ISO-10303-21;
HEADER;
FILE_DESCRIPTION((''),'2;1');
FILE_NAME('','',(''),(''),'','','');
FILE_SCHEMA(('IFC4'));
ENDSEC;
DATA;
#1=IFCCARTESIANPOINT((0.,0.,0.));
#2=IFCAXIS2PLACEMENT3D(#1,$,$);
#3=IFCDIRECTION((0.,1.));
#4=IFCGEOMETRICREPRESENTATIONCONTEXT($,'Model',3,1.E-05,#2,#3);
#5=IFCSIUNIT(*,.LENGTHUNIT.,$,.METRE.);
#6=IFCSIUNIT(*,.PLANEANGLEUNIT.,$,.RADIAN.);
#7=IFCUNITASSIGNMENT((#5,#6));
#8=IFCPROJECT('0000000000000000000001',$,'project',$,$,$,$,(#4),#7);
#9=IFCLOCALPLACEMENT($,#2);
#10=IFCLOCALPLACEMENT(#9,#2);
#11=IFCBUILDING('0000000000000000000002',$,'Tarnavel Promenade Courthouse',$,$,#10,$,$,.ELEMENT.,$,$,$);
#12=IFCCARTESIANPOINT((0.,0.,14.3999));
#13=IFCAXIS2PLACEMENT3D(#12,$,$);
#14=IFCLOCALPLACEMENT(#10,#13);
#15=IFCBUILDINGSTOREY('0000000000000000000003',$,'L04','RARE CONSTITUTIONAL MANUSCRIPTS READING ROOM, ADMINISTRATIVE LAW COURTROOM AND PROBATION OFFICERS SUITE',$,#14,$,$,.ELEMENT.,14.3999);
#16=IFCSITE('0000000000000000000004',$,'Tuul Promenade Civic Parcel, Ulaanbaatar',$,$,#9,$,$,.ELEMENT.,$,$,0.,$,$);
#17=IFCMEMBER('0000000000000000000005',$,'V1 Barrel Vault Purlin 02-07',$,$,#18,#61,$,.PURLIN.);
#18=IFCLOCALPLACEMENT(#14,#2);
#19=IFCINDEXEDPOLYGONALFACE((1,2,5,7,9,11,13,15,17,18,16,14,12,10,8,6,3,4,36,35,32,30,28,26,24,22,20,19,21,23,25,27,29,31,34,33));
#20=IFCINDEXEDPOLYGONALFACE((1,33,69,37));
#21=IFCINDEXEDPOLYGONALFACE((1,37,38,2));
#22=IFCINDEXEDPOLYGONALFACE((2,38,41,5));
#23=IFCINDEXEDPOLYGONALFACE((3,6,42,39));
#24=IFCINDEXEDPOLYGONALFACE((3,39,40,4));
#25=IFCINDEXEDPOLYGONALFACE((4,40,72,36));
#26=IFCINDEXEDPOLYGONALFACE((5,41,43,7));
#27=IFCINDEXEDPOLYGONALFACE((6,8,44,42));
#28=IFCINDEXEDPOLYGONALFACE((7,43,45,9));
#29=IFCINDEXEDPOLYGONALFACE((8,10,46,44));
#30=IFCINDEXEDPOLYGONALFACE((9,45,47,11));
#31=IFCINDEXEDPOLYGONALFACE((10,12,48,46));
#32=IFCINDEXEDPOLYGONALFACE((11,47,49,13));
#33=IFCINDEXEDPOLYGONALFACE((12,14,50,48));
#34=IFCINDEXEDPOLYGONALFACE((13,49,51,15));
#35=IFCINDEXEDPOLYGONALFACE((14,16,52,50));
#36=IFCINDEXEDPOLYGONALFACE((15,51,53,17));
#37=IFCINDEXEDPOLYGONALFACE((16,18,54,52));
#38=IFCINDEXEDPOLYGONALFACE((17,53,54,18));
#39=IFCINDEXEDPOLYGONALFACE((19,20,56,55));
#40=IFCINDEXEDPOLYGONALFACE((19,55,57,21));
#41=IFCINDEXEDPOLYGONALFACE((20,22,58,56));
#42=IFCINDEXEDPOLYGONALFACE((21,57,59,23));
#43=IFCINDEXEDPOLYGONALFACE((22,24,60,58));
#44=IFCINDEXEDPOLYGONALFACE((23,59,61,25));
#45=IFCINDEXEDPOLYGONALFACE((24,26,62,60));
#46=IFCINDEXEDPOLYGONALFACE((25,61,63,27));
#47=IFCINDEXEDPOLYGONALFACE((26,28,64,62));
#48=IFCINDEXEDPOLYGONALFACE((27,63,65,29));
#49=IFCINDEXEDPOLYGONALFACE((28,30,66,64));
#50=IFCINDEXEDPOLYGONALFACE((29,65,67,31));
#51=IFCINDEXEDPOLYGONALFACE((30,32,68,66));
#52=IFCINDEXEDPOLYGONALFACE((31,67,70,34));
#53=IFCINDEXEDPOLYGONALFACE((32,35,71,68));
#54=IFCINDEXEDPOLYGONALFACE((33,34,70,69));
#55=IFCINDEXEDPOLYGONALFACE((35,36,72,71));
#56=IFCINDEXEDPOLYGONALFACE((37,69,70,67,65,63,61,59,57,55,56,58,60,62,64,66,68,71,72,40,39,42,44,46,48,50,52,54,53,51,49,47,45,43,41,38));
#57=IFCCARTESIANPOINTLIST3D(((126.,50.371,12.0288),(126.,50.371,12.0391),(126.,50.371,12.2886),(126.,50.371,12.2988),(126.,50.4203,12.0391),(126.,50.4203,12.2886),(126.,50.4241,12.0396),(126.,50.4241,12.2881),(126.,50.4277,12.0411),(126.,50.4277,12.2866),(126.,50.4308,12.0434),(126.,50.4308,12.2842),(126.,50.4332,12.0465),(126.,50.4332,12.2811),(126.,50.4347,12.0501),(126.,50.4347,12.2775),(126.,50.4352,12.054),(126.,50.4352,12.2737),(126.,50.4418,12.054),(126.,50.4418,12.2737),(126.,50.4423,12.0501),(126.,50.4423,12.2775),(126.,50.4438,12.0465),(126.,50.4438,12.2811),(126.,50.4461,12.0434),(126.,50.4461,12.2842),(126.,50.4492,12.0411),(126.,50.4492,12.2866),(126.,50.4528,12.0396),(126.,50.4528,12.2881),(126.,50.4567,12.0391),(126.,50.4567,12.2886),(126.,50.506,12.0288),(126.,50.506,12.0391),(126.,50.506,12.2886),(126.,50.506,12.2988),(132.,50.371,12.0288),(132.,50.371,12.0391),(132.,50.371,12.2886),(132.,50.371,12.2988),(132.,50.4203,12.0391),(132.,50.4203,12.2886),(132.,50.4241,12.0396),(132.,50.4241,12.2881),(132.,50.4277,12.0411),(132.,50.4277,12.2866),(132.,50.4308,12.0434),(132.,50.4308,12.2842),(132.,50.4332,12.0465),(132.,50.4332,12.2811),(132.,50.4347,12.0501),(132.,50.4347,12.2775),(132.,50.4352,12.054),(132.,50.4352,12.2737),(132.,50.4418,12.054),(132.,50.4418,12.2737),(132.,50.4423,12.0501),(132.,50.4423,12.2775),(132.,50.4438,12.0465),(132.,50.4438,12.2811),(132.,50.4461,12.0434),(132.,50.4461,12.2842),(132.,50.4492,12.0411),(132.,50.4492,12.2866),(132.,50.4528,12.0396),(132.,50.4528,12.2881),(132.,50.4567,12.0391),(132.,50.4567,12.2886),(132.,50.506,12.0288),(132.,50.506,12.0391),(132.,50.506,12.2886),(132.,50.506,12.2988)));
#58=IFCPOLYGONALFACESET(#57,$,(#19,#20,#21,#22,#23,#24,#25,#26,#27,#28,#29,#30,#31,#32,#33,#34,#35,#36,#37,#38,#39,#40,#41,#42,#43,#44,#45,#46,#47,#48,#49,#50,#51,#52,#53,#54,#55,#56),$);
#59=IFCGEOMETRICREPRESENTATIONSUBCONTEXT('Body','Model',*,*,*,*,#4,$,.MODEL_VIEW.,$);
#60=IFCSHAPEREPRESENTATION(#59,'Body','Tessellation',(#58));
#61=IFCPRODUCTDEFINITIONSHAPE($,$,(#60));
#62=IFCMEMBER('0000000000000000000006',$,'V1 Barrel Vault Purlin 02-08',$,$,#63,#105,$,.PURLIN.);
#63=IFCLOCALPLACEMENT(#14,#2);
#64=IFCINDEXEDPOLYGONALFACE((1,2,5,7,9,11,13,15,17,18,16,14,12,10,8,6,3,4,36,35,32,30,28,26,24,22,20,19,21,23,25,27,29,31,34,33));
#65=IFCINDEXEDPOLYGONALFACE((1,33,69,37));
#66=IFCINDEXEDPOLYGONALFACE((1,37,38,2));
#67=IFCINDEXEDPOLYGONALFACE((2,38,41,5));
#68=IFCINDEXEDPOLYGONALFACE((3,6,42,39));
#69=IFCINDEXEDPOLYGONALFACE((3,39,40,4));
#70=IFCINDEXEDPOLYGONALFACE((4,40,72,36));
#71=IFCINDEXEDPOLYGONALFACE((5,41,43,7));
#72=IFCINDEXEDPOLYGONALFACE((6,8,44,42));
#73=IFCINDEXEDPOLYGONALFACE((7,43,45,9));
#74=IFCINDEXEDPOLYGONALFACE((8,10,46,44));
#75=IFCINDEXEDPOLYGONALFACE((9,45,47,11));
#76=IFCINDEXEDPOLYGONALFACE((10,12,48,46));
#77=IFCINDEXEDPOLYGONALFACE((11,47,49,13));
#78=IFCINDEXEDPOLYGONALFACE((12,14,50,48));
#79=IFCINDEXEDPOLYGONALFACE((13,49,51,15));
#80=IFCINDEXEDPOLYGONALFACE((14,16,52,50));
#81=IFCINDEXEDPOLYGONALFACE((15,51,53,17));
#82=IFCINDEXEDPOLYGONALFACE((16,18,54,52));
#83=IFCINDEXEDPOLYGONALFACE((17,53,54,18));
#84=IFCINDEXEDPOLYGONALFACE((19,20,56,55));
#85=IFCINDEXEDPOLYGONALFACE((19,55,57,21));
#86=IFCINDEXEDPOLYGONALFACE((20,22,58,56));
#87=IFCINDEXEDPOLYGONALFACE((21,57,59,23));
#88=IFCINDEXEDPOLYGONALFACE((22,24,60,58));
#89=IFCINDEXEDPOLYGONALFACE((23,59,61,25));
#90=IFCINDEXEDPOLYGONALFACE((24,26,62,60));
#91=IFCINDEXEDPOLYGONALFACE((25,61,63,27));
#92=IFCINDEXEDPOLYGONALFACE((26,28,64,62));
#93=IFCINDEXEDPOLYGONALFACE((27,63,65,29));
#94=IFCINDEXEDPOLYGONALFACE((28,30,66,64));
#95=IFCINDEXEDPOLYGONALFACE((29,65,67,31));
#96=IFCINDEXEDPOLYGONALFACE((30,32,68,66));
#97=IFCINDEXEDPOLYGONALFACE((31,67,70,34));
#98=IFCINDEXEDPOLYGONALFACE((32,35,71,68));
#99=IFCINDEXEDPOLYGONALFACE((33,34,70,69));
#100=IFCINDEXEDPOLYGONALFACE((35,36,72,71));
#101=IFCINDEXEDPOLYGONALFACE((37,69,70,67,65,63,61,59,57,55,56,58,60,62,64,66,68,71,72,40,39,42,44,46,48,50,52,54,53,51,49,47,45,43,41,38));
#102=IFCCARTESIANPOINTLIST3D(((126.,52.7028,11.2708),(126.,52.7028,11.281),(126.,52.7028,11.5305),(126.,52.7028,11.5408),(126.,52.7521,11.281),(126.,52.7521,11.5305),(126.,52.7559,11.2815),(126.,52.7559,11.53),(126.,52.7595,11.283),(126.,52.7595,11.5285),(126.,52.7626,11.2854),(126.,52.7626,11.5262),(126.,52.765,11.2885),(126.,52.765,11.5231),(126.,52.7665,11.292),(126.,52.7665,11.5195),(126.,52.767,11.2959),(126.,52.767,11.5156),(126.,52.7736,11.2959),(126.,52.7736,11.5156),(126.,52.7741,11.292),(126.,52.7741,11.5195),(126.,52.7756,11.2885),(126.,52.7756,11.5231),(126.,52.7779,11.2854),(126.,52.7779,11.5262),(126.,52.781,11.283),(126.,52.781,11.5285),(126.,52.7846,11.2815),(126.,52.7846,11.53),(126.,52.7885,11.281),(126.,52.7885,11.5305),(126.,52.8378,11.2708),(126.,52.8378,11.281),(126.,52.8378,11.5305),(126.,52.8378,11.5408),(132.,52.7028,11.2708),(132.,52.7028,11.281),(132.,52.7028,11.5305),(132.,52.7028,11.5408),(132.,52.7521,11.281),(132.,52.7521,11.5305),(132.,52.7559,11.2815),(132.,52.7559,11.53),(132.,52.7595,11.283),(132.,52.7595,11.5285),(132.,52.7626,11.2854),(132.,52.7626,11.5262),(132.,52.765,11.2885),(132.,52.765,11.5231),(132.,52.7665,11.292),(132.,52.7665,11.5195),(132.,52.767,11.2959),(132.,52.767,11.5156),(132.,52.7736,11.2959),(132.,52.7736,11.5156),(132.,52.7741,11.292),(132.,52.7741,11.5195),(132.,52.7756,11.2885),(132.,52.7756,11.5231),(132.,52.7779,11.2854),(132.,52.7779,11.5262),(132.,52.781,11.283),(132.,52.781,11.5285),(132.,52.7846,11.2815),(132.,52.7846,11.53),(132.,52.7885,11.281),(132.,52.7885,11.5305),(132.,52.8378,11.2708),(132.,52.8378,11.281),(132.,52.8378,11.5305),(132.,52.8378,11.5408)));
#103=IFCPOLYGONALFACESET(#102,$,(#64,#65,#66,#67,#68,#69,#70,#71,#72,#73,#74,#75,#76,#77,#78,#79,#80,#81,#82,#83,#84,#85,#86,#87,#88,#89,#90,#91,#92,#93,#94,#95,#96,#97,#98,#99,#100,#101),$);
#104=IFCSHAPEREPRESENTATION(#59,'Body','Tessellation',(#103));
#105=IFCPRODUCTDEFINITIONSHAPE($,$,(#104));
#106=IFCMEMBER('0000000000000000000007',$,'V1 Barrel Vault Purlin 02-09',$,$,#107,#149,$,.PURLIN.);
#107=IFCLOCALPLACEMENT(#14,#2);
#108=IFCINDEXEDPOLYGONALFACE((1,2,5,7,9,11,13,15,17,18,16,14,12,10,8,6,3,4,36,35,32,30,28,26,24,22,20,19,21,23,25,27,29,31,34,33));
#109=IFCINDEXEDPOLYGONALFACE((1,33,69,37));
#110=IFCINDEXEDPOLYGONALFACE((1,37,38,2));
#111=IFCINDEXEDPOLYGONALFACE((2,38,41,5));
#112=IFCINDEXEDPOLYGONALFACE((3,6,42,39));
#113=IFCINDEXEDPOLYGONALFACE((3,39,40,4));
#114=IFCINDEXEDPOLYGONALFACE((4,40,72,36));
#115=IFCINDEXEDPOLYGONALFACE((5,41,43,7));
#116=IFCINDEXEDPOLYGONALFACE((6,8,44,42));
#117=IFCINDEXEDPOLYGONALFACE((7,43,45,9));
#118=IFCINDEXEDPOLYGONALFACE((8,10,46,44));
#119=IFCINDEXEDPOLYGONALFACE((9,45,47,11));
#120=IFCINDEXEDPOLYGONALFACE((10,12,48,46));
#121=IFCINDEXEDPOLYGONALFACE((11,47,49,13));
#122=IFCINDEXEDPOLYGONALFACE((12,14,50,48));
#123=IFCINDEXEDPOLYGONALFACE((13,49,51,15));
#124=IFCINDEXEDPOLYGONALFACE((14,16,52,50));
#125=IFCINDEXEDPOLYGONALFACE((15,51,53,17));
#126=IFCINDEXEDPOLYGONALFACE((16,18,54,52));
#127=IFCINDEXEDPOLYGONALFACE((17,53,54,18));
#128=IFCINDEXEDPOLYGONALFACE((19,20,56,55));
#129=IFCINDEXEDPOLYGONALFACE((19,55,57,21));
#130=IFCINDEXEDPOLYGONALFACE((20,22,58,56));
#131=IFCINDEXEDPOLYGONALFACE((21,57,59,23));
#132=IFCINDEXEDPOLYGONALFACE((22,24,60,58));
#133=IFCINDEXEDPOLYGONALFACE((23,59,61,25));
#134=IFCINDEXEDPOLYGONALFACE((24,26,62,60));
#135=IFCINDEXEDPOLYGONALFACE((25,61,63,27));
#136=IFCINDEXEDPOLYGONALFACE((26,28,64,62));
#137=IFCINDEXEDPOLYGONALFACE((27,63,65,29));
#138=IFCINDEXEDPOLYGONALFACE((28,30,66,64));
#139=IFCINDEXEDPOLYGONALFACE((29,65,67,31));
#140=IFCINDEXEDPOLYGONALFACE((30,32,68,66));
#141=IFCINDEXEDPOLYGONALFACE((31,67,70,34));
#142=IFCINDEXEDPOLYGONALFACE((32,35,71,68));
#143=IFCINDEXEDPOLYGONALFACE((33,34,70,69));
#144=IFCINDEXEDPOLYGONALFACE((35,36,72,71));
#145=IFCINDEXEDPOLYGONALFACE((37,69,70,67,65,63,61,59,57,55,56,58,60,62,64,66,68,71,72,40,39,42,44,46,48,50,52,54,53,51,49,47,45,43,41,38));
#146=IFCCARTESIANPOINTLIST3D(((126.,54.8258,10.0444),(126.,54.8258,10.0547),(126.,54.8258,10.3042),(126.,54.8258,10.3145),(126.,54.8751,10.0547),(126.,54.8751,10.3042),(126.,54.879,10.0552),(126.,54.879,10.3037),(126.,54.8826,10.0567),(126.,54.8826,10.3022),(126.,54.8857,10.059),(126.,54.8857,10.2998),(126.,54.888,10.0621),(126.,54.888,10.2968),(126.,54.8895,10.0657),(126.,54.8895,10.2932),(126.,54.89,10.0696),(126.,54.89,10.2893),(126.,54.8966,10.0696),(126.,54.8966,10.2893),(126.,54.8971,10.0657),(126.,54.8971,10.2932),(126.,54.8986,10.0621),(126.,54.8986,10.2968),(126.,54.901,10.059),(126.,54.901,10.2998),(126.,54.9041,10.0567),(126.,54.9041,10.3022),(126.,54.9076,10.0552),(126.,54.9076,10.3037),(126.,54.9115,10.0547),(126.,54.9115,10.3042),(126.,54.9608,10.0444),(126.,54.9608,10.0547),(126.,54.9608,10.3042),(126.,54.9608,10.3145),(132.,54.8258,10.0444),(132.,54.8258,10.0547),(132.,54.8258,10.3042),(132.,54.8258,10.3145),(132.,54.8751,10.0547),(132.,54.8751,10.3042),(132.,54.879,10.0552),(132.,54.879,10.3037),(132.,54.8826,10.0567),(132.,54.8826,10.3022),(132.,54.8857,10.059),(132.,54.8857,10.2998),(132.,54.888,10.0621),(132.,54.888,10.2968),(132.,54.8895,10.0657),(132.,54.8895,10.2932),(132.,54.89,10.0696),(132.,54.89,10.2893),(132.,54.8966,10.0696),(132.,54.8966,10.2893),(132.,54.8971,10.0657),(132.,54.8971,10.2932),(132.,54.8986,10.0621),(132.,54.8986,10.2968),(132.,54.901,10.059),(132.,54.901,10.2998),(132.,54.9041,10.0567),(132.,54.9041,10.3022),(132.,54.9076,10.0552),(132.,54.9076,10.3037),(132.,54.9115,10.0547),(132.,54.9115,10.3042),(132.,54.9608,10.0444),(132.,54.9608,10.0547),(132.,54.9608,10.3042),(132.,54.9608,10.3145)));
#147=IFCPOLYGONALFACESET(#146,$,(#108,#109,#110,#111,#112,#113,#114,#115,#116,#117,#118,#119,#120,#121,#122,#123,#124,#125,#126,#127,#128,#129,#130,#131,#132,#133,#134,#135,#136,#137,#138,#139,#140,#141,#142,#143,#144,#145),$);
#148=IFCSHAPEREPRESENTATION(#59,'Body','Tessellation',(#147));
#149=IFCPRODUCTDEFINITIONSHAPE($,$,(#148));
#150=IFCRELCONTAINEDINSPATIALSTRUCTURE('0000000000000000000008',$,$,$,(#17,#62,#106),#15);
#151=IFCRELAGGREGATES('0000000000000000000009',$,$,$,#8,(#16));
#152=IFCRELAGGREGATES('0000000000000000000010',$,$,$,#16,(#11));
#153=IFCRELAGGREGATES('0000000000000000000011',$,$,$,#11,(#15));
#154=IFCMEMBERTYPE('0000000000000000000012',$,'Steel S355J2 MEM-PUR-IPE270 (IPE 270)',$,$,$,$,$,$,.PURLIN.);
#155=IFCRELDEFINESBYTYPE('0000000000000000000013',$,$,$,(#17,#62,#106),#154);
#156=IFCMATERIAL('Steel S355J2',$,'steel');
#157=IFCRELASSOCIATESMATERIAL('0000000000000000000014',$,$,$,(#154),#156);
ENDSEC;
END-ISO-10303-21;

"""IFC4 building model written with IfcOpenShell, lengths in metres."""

from ifc_helpers import new_model, si_unit, direction, frame, origin, origin_2d, place, context, subcontext, project, spatial, i_section, extrude, material, material_profile, profile_set, type_object, element, save


model = new_model("IFC4")

# Units and contexts
model_context = context("Model", 3, precision=1e-05, world=origin(), true_north=direction((0.0, 1.0)))
body_context = subcontext(model_context, "Body", "Model", "MODEL_VIEW")
ifc_project = project(units=[si_unit("LENGTHUNIT", "METRE"), si_unit("PLANEANGLEUNIT", "RADIAN")], contexts=[model_context])

# Site, building, storey
site_placement = place(None, origin())
site = spatial("IfcSite", under=ifc_project, at=site_placement, Name="Tuul Promenade Civic Parcel, Ulaanbaatar", CompositionType="ELEMENT", RefElevation=0.0)
building_placement = place(site_placement, origin())
building = spatial("IfcBuilding", under=site, at=building_placement, Name="Tarnavel Promenade Courthouse", CompositionType="ELEMENT")
storey_placement = place(building_placement, frame((0.0, 0.0, 14.3999)))
storey = spatial("IfcBuildingStorey", under=building, at=storey_placement, Name="L04", Description="RARE CONSTITUTIONAL MANUSCRIPTS READING ROOM, ADMINISTRATIVE LAW COURTROOM AND PROBATION OFFICERS SUITE", CompositionType="ELEMENT", Elevation=14.3999)

# Shared definitions
ifc_material_1 = material(Name="Steel S355J2", Category="steel")

# Members
ifc_material_profile_1 = material_profile(ifc_material_1, i_section(OverallWidth=0.135, OverallDepth=0.27, WebThickness=0.0066, FlangeThickness=0.0103, FilletRadius=0.0149, at=origin_2d()), Name="IPE 270")
ifc_profile_set_1 = profile_set([ifc_material_profile_1], Name="Steel S355J2")
member_type_1 = type_object("IfcMemberType", Name="Steel S355J2 MEM-PUR-IPE270 (IPE 270)", PredefinedType="PURLIN", material=ifc_profile_set_1)
for number, where, z_axis, x_axis, name in (
    (1, (126.0, 50.4385, 12.1638), (1.0, 0.0, 0.0), (0.0, 1.0, 0.0), "V1 Barrel Vault Purlin 02-07"),
    (2, (126.0, 52.7703, 11.4058), (1.0, 0.0, 0.0), (0.0, 1.0, 0.0), "V1 Barrel Vault Purlin 02-08"),
    (3, (126.0, 54.8933, 10.1794), (1.0, 0.0, 0.0), (0.0, 1.0, 0.0), "V1 Barrel Vault Purlin 02-09"),
):
    element("IfcMember", number, at=place(storey_placement, frame(where, z_axis=z_axis, x_axis=x_axis)), inside=storey, type_object=member_type_1, Name=name, PredefinedType="PURLIN", context=body_context, shape_type="SweptSolid", body=[
        extrude(i_section(OverallWidth=0.135, OverallDepth=0.27, WebThickness=0.0066, FlangeThickness=0.0103, FilletRadius=0.0149, at=origin_2d()), origin(), (0.0, 0.0, 1.0), 6.0),
    ])

save(model, "model.ifc")
